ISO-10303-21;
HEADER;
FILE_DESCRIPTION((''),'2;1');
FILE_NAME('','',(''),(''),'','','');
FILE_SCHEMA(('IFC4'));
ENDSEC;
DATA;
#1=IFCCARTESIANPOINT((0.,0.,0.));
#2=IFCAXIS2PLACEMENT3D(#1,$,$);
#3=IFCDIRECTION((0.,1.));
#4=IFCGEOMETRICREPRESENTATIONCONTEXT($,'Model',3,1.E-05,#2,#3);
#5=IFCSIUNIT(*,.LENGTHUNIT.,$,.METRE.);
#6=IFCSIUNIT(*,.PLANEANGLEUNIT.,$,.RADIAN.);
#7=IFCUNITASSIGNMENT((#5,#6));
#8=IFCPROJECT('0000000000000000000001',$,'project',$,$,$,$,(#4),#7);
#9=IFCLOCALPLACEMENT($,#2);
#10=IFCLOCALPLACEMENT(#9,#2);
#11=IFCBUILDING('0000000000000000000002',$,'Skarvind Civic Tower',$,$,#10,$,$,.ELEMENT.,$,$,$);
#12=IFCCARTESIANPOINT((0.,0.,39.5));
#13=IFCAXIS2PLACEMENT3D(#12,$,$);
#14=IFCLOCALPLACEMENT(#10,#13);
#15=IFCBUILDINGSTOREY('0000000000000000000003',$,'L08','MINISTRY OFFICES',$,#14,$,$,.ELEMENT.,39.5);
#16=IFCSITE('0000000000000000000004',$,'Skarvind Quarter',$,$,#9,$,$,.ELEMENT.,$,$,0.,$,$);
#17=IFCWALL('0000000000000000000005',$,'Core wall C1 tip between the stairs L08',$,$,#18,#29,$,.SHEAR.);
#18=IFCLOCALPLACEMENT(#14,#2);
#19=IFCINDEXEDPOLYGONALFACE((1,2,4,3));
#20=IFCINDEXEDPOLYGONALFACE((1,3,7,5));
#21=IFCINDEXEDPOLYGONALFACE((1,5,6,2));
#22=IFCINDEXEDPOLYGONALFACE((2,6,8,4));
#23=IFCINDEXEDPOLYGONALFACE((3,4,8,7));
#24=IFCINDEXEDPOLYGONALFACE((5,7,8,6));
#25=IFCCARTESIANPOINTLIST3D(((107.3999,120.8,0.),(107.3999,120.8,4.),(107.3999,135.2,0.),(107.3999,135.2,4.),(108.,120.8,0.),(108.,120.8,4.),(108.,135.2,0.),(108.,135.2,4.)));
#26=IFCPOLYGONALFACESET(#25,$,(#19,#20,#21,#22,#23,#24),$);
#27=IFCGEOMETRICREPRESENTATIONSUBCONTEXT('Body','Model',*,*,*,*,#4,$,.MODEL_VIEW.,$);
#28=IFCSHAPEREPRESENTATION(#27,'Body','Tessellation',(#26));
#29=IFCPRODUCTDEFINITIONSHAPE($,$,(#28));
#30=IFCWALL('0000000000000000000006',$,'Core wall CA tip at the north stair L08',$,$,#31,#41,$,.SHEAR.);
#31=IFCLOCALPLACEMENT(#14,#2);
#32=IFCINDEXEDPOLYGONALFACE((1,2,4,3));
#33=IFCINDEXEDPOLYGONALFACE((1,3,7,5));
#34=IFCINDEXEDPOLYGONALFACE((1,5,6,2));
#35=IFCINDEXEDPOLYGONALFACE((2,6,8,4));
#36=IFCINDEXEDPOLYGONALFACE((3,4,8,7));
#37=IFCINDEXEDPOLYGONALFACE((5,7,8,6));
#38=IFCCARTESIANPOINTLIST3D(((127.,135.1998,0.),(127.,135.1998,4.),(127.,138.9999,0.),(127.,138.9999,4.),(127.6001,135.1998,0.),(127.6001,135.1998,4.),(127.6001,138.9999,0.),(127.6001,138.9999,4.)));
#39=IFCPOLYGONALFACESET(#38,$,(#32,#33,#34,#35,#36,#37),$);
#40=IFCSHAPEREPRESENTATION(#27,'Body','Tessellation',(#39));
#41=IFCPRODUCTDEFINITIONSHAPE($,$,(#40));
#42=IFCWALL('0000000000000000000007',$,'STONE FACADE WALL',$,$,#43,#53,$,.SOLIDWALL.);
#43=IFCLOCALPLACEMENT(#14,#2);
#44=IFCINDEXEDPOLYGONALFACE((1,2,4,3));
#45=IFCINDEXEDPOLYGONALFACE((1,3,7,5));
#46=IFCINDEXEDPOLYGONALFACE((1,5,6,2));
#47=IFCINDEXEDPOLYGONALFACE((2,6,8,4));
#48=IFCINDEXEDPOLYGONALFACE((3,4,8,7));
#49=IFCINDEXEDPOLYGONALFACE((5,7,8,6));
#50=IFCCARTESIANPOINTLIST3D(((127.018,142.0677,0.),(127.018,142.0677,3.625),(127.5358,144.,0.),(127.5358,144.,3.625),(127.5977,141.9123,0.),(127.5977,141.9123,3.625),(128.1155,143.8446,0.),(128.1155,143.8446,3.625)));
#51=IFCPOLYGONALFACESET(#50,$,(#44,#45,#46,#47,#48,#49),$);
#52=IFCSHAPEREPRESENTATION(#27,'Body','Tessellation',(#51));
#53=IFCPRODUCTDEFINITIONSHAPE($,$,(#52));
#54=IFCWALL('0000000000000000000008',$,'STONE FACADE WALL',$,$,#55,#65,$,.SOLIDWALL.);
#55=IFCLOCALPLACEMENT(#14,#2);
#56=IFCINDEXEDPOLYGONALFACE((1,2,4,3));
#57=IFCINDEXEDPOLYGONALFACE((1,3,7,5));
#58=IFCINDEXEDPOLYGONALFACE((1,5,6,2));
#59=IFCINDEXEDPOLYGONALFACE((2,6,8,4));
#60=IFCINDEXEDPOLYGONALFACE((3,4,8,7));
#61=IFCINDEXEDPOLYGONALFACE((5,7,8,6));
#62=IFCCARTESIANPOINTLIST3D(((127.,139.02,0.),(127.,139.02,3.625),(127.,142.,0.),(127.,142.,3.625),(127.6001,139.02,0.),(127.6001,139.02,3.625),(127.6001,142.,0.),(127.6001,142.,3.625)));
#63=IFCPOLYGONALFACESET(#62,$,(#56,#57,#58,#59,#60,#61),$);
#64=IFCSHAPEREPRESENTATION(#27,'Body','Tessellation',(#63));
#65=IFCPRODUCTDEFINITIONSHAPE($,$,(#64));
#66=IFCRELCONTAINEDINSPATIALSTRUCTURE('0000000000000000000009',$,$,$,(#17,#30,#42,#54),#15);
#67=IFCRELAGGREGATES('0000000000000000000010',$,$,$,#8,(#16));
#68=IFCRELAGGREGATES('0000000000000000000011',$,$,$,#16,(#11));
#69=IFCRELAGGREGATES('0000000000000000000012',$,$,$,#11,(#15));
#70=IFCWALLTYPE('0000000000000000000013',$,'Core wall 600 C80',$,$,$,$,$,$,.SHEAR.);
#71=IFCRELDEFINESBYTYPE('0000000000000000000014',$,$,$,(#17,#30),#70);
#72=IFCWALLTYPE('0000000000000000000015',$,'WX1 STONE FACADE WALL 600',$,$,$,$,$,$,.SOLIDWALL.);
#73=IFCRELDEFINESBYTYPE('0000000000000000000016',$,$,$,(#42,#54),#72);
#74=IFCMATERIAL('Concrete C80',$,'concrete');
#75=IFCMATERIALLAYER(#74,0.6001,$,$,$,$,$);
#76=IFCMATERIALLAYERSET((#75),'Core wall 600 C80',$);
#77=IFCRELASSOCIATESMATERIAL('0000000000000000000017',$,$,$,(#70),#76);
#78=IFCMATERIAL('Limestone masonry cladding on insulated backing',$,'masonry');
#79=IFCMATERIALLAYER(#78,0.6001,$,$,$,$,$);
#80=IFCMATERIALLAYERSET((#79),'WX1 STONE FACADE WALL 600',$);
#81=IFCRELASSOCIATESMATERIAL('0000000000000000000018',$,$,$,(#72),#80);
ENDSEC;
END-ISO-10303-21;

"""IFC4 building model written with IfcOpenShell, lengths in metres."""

from ifc_helpers import new_model, si_unit, direction, frame, frame_2d, origin, place, context, subcontext, project, spatial, rectangle, extrude, material, layer, layer_set, type_object, element, save


model = new_model("IFC4")

# Units and contexts
model_context = context("Model", 3, precision=1e-05, world=origin(), true_north=direction((0.0, 1.0)))
body_context = subcontext(model_context, "Body", "Model", "MODEL_VIEW")
ifc_project = project(units=[si_unit("LENGTHUNIT", "METRE"), si_unit("PLANEANGLEUNIT", "RADIAN")], contexts=[model_context])

# Site, building, storey
site_placement = place(None, origin())
site = spatial("IfcSite", under=ifc_project, at=site_placement, Name="Skarvind Quarter", CompositionType="ELEMENT", RefElevation=0.0)
building_placement = place(site_placement, origin())
building = spatial("IfcBuilding", under=site, at=building_placement, Name="Skarvind Civic Tower", CompositionType="ELEMENT")
storey_placement = place(building_placement, frame((0.0, 0.0, 39.5)))
storey = spatial("IfcBuildingStorey", under=building, at=storey_placement, Name="L08", Description="MINISTRY OFFICES", CompositionType="ELEMENT", Elevation=39.5)

# Shared definitions
ifc_material_1 = material(Name="Concrete C80", Category="concrete")

# Walls
ifc_layer_1 = layer(ifc_material_1, 0.6001)
ifc_layer_set_1 = layer_set([ifc_layer_1], Name="Core wall 600 C80")
wall_type_1 = type_object("IfcWallType", Name="Core wall 600 C80", PredefinedType="SHEAR", material=ifc_layer_set_1)
wall_1_placement = place(storey_placement, frame((107.7, 135.2, 0.0), z_axis=(0.0, 0.0, 1.0), x_axis=(0.0, -1.0, 0.0)))
element("IfcWall", 1, at=wall_1_placement, inside=storey, type_object=wall_type_1, Name="Core wall C1 tip between the stairs L08", PredefinedType="SHEAR", context=body_context, shape_type="SweptSolid", body=[
    extrude(rectangle(XDim=14.3999, YDim=0.6001, at=frame_2d((7.2, 0.0))), origin(), (0.0, 0.0, 1.0), 4.0),
])
wall_2_placement = place(storey_placement, frame((127.3, 135.2, 0.0), z_axis=(0.0, 0.0, 1.0), x_axis=(0.0, 1.0, 0.0)))
element("IfcWall", 2, at=wall_2_placement, inside=storey, type_object=wall_type_1, Name="Core wall CA tip at the north stair L08", PredefinedType="SHEAR", context=body_context, shape_type="SweptSolid", body=[
    extrude(rectangle(XDim=3.8, YDim=0.6001, at=frame_2d((1.8999, 0.0))), origin(), (0.0, 0.0, 1.0), 4.0),
])
ifc_material_2 = material(Name="Limestone masonry cladding on insulated backing", Category="masonry")
ifc_layer_2 = layer(ifc_material_2, 0.6001)
ifc_layer_set_2 = layer_set([ifc_layer_2], Name="WX1 STONE FACADE WALL 600")
wall_type_2 = type_object("IfcWallType", Name="WX1 STONE FACADE WALL 600", PredefinedType="SOLIDWALL", material=ifc_layer_set_2)
wall_3_placement = place(storey_placement, frame((127.3079, 141.99, 0.0), z_axis=(0.0, 0.0, 1.0), x_axis=(0.25884, 0.96592, 0.0)))
element("IfcWall", 3, at=wall_3_placement, inside=storey, type_object=wall_type_2, Name="STONE FACADE WALL", PredefinedType="SOLIDWALL", context=body_context, shape_type="SweptSolid", body=[
    extrude(rectangle(XDim=2.0005, YDim=0.6001, at=frame_2d((1.0002, 0.0))), origin(), (0.0, 0.0, 1.0), 3.625),
])
wall_4_placement = place(storey_placement, frame((127.3, 139.02, 0.0), z_axis=(0.0, 0.0, 1.0), x_axis=(0.0, 1.0, 0.0)))
element("IfcWall", 4, at=wall_4_placement, inside=storey, type_object=wall_type_2, Name="STONE FACADE WALL", PredefinedType="SOLIDWALL", context=body_context, shape_type="SweptSolid", body=[
    extrude(rectangle(XDim=2.98, YDim=0.6001, at=frame_2d((1.49, 0.0))), origin(), (0.0, 0.0, 1.0), 3.625),
])

save(model, "model.ifc")
